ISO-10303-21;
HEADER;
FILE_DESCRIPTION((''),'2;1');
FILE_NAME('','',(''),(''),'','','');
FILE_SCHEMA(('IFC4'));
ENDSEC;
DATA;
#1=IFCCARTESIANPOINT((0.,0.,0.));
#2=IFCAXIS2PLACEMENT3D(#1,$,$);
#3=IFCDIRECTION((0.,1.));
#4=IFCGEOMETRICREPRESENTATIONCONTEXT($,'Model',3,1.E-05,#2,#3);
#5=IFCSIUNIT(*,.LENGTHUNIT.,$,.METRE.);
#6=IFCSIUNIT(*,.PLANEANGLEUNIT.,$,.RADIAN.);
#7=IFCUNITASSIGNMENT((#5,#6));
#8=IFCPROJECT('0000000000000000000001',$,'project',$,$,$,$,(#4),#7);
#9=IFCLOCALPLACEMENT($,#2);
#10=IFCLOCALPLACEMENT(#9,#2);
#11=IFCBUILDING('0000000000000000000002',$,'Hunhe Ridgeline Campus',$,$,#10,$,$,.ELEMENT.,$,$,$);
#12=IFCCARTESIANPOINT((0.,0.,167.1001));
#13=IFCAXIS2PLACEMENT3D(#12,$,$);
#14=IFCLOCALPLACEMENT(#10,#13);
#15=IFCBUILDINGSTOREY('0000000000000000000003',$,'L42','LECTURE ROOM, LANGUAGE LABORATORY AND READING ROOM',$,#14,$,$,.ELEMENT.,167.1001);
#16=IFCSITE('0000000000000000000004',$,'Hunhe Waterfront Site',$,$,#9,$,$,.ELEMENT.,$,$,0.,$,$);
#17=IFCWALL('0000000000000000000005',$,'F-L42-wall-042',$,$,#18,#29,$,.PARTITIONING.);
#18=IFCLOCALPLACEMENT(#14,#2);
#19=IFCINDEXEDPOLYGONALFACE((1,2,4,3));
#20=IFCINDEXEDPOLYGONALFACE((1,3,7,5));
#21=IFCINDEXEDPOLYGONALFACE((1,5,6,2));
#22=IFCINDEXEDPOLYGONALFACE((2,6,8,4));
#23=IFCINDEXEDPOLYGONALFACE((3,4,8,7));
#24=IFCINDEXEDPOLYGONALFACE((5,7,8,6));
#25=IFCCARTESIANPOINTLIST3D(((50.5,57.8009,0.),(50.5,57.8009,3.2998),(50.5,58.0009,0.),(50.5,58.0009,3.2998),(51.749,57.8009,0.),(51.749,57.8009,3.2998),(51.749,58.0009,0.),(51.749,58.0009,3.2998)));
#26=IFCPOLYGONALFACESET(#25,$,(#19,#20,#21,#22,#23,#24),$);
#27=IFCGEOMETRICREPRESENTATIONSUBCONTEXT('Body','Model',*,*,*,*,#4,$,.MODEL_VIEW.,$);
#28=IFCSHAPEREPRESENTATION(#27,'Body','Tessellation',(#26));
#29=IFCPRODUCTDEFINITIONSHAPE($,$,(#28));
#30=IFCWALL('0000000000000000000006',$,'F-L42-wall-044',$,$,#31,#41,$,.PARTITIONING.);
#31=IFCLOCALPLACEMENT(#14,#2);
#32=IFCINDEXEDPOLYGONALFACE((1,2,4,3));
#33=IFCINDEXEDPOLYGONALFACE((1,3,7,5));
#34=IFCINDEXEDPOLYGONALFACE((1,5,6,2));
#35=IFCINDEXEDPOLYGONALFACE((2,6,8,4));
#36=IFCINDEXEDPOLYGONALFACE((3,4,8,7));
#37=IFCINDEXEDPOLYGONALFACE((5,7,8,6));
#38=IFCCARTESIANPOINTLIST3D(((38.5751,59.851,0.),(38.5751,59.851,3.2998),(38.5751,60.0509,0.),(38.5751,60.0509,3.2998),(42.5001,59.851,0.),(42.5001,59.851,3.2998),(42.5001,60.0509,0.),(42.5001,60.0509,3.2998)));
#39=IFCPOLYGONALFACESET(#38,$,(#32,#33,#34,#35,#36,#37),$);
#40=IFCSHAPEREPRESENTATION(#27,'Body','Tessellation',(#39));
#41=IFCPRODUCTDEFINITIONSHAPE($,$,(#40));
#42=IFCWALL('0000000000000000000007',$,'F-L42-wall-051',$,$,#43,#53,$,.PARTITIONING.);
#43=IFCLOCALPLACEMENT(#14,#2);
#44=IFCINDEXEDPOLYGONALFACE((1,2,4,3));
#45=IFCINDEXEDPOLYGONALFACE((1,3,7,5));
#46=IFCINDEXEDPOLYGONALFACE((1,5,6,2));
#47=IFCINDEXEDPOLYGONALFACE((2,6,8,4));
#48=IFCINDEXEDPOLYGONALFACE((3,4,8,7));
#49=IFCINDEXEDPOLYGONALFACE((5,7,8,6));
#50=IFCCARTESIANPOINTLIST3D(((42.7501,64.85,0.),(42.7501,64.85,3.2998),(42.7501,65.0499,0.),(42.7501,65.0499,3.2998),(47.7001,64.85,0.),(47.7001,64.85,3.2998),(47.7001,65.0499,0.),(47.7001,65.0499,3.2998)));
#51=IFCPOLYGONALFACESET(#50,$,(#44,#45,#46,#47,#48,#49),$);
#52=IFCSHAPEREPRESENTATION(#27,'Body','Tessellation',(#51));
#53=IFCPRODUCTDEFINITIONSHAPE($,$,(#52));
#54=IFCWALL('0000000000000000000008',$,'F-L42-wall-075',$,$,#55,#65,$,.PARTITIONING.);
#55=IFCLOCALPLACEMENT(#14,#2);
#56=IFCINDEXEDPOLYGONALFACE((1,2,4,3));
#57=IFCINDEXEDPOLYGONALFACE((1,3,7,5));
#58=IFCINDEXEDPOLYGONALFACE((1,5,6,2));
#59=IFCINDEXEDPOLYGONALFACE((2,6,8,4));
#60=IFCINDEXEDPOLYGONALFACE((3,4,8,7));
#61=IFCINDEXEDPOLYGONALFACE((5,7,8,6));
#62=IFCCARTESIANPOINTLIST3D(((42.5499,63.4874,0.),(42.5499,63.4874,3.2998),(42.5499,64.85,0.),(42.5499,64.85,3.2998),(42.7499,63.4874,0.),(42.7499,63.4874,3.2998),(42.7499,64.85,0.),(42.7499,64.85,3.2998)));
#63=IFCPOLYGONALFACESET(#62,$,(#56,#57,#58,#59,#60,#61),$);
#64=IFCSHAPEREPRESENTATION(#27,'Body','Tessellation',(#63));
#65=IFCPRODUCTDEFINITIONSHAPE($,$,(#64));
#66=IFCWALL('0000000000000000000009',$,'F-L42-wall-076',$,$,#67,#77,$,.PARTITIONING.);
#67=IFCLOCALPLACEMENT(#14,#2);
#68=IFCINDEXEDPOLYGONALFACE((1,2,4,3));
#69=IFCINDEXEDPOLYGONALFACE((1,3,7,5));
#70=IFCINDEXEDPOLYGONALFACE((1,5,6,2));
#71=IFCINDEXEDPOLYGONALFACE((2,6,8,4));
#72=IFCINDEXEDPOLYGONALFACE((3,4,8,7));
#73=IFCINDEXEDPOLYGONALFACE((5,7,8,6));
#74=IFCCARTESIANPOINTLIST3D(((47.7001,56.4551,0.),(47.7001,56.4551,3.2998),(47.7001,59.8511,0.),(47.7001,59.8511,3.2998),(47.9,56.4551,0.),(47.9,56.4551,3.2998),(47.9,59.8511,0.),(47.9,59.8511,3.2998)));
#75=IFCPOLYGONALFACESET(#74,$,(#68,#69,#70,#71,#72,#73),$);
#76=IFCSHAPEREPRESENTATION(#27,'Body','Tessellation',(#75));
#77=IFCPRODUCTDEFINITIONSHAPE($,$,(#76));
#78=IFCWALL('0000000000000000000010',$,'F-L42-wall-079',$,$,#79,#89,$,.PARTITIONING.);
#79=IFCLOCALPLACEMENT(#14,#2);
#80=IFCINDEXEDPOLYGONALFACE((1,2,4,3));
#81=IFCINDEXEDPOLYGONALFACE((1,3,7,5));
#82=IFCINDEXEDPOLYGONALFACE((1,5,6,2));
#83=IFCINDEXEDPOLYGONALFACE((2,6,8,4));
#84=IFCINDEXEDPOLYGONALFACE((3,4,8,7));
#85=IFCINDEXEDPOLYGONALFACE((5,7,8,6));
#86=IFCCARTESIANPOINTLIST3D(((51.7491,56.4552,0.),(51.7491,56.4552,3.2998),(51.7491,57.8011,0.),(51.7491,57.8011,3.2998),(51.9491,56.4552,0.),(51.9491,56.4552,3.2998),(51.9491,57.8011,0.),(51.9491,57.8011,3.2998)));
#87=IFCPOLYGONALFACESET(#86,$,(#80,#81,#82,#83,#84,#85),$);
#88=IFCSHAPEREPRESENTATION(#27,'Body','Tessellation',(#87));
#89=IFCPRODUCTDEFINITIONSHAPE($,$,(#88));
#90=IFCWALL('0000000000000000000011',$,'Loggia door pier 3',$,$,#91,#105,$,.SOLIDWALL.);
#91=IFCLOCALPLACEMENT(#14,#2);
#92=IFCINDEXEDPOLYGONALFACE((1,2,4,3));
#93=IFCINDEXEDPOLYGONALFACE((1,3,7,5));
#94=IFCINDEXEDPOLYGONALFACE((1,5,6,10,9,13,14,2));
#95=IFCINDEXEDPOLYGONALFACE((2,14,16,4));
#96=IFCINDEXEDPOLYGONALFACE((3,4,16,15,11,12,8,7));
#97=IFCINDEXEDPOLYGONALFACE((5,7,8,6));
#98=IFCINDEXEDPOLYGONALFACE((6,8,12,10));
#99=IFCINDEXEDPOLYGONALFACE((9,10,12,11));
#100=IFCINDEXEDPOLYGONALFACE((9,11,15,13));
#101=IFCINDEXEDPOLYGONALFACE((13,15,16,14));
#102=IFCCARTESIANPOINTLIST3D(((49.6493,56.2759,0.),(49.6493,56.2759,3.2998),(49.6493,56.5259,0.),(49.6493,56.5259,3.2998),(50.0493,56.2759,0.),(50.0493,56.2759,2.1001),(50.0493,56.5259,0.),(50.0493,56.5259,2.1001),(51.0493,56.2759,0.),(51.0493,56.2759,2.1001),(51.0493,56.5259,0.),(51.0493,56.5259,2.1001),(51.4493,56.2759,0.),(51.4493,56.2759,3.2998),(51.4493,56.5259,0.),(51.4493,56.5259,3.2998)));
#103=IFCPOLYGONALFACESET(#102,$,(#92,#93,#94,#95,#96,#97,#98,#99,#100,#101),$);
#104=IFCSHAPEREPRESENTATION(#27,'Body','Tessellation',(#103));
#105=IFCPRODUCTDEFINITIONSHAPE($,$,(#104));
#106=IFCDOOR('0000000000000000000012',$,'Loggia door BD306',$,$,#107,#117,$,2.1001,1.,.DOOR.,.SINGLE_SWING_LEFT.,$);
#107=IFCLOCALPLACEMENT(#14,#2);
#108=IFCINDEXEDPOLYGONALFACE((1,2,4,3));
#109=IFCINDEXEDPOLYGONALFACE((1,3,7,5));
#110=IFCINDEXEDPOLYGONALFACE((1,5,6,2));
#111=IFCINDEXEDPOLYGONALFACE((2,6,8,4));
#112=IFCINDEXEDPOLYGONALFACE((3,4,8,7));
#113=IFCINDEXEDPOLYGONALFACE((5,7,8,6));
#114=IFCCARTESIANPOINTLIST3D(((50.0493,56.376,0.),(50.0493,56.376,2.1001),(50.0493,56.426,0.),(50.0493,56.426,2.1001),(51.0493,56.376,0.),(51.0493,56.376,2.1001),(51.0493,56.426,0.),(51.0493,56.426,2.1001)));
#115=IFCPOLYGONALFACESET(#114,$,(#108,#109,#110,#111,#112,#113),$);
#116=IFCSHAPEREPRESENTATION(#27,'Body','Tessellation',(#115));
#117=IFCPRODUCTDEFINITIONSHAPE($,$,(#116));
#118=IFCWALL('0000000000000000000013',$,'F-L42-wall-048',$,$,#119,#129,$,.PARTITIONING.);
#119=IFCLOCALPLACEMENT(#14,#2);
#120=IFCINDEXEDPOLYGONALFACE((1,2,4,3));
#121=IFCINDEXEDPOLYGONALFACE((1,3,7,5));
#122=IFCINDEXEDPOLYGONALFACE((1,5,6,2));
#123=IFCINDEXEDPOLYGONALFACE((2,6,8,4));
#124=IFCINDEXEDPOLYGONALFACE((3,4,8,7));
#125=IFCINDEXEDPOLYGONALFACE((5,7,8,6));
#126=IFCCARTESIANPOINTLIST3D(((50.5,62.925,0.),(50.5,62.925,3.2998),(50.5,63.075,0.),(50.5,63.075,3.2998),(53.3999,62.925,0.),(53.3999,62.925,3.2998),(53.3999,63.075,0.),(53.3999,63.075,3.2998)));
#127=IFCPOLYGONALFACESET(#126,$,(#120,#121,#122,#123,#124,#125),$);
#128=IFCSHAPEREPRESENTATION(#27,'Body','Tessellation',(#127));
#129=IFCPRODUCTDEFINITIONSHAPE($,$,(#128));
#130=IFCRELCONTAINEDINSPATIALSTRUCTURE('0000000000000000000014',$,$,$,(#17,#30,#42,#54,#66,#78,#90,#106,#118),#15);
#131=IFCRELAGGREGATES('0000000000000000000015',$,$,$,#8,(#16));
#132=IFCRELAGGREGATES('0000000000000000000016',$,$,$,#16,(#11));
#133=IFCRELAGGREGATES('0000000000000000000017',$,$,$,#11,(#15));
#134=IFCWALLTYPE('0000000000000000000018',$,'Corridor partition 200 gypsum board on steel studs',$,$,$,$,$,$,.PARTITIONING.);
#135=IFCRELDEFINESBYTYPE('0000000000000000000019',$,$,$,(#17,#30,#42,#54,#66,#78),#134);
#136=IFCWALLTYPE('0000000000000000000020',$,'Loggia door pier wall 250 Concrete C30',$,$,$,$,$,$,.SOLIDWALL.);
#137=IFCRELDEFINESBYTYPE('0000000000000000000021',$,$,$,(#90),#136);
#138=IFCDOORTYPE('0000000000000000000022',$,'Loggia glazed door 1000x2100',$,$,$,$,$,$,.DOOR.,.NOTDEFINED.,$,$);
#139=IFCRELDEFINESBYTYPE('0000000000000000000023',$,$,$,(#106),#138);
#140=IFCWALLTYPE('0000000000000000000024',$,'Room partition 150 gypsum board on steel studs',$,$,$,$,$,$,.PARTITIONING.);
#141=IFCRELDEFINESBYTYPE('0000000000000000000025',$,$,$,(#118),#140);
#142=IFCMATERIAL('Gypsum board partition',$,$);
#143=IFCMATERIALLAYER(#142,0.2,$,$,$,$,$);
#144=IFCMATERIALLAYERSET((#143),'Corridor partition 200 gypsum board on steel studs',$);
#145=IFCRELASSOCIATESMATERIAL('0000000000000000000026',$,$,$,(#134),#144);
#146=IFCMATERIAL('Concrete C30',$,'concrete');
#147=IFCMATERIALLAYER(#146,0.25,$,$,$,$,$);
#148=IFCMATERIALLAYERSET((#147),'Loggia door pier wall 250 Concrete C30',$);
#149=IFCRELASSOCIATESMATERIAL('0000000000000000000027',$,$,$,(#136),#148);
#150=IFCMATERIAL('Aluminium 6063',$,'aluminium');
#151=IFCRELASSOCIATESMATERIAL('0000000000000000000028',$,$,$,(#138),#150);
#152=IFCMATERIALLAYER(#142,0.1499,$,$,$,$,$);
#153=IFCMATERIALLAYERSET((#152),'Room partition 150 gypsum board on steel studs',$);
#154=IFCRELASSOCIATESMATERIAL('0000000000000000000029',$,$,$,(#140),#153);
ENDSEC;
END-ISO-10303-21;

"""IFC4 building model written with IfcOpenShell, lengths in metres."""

from ifc_helpers import new_model, si_unit, direction, frame, frame_2d, origin, place, context, subcontext, project, spatial, rectangle, extrude, material, layer, layer_set, type_object, element, fill, save


model = new_model("IFC4")

# Units and contexts
model_context = context("Model", 3, precision=1e-05, world=origin(), true_north=direction((0.0, 1.0)))
body_context = subcontext(model_context, "Body", "Model", "MODEL_VIEW")
ifc_project = project(units=[si_unit("LENGTHUNIT", "METRE"), si_unit("PLANEANGLEUNIT", "RADIAN")], contexts=[model_context])

# Site, building, storey
site_placement = place(None, origin())
site = spatial("IfcSite", under=ifc_project, at=site_placement, Name="Hunhe Waterfront Site", CompositionType="ELEMENT", RefElevation=0.0)
building_placement = place(site_placement, origin())
building = spatial("IfcBuilding", under=site, at=building_placement, Name="Hunhe Ridgeline Campus", CompositionType="ELEMENT")
storey_placement = place(building_placement, frame((0.0, 0.0, 167.1001)))
storey = spatial("IfcBuildingStorey", under=building, at=storey_placement, Name="L42", Description="LECTURE ROOM, LANGUAGE LABORATORY AND READING ROOM", CompositionType="ELEMENT", Elevation=167.1001)

# Shared definitions
ifc_material_1 = material(Name="Aluminium 6063", Category="aluminium")

# Walls
ifc_material_2 = material(Name="Concrete C30", Category="concrete")
ifc_material_3 = material(Name="Gypsum board partition")
ifc_layer_1 = layer(ifc_material_3, 0.2)
ifc_layer_set_1 = layer_set([ifc_layer_1], Name="Corridor partition 200 gypsum board on steel studs")
wall_type_1 = type_object("IfcWallType", Name="Corridor partition 200 gypsum board on steel studs", PredefinedType="PARTITIONING", material=ifc_layer_set_1)
wall_1_placement = place(storey_placement, frame((50.5, 57.9009, 0.0), z_axis=(0.0, 0.0, 1.0), x_axis=(1.0, 0.0, 0.0)))
element("IfcWall", 1, at=wall_1_placement, inside=storey, type_object=wall_type_1, Name="F-L42-wall-042", PredefinedType="PARTITIONING", context=body_context, shape_type="SweptSolid", body=[
    extrude(rectangle(XDim=1.249, YDim=0.2, at=frame_2d((0.6245, 0.0))), origin(), (0.0, 0.0, 1.0), 3.2998),
])
wall_2_placement = place(storey_placement, frame((42.5, 59.9509, 0.0), z_axis=(0.0, 0.0, 1.0), x_axis=(-1.0, 0.0, 0.0)))
element("IfcWall", 2, at=wall_2_placement, inside=storey, type_object=wall_type_1, Name="F-L42-wall-044", PredefinedType="PARTITIONING", context=body_context, shape_type="SweptSolid", body=[
    extrude(rectangle(XDim=3.925, YDim=0.2, at=frame_2d((1.9624, 0.0))), origin(), (0.0, 0.0, 1.0), 3.2998),
])

# Walls
wall_3_placement = place(storey_placement, frame((42.75, 64.95, 0.0), z_axis=(0.0, 0.0, 1.0), x_axis=(1.0, 0.0, 0.0)))
element("IfcWall", 3, at=wall_3_placement, inside=storey, type_object=wall_type_1, Name="F-L42-wall-051", PredefinedType="PARTITIONING", context=body_context, shape_type="SweptSolid", body=[
    extrude(rectangle(XDim=4.95, YDim=0.2, at=frame_2d((2.4751, 0.0))), origin(), (0.0, 0.0, 1.0), 3.2998),
])
wall_4_placement = place(storey_placement, frame((42.6499, 63.4875, 0.0), z_axis=(0.0, 0.0, 1.0), x_axis=(0.0, 1.0, 0.0)))
element("IfcWall", 4, at=wall_4_placement, inside=storey, type_object=wall_type_1, Name="F-L42-wall-075", PredefinedType="PARTITIONING", context=body_context, shape_type="SweptSolid", body=[
    extrude(rectangle(XDim=1.3625, YDim=0.2, at=frame_2d((0.6812, 0.0))), origin(), (0.0, 0.0, 1.0), 3.2998),
])
wall_5_placement = place(storey_placement, frame((47.8, 56.4551, 0.0), z_axis=(0.0, 0.0, 1.0), x_axis=(0.0, 1.0, 0.0)))
element("IfcWall", 5, at=wall_5_placement, inside=storey, type_object=wall_type_1, Name="F-L42-wall-076", PredefinedType="PARTITIONING", context=body_context, shape_type="SweptSolid", body=[
    extrude(rectangle(XDim=3.396, YDim=0.2, at=frame_2d((1.698, 0.0))), origin(), (0.0, 0.0, 1.0), 3.2998),
])

# Wall
wall_6_placement = place(storey_placement, frame((51.8491, 57.801, 0.0), z_axis=(0.0, 0.0, 1.0), x_axis=(0.0, -1.0, 0.0)))
element("IfcWall", 6, at=wall_6_placement, inside=storey, type_object=wall_type_1, Name="F-L42-wall-079", PredefinedType="PARTITIONING", context=body_context, shape_type="SweptSolid", body=[
    extrude(rectangle(XDim=1.3459, YDim=0.2, at=frame_2d((0.6729, 0.0))), origin(), (0.0, 0.0, 1.0), 3.2998),
])

# Wall, opening, door
ifc_layer_2 = layer(ifc_material_2, 0.25)
ifc_layer_set_2 = layer_set([ifc_layer_2], Name="Loggia door pier wall 250 Concrete C30")
wall_type_2 = type_object("IfcWallType", Name="Loggia door pier wall 250 Concrete C30", PredefinedType="SOLIDWALL", material=ifc_layer_set_2)
wall_7_placement = place(storey_placement, frame((49.6494, 56.4009, 0.0), z_axis=(0.0, 0.0, 1.0), x_axis=(1.0, 0.0, 0.0)))
wall_7 = element("IfcWall", 7, at=wall_7_placement, inside=storey, type_object=wall_type_2, Name="Loggia door pier 3", PredefinedType="SOLIDWALL", context=body_context, shape_type="SweptSolid", body=[
    extrude(rectangle(XDim=1.8, YDim=0.25, at=frame_2d((0.8999, 0.0))), origin(), (0.0, 0.0, 1.0), 3.2998),
])
opening_1_placement = place(wall_7_placement, frame((0.3999, 0.0, 0.0)))
opening_1 = element("IfcOpeningElement", 8, at=opening_1_placement, cuts=wall_7, PredefinedType="OPENING", context=body_context, shape_type="SweptSolid", body=[
    extrude(rectangle(XDim=1.0, YDim=2.1001, at=frame_2d((0.5, 1.05))), frame((0.0, 0.125, 0.0), z_axis=(0.0, -1.0, 0.0), x_axis=(1.0, 0.0, 0.0)), (0.0, 0.0, 1.0), 0.25),
])
door_type_1 = type_object("IfcDoorType", Name="Loggia glazed door 1000x2100", OperationType="NOTDEFINED", PredefinedType="DOOR", material=ifc_material_1)
door_1_placement = place(opening_1_placement, frame((1.0, 0.0, 0.0), z_axis=(0.0, 0.0, 1.0), x_axis=(-1.0, 0.0, 0.0)))
door_1 = element("IfcDoor", 9, at=door_1_placement, inside=storey, type_object=door_type_1, Name="Loggia door BD306", OperationType="SINGLE_SWING_LEFT", OverallHeight=2.1001, OverallWidth=1.0, PredefinedType="DOOR", context=body_context, shape_type="SweptSolid", body=[
    extrude(rectangle(XDim=1.0, YDim=2.1001, at=frame_2d((0.5, 1.05))), frame((0.0, 0.0249, 0.0), z_axis=(0.0, -1.0, 0.0), x_axis=(1.0, 0.0, 0.0)), (0.0, 0.0, 1.0), 0.05),
])
fill(opening_1, door_1)

# Wall
ifc_layer_3 = layer(ifc_material_3, 0.1499)
ifc_layer_set_3 = layer_set([ifc_layer_3], Name="Room partition 150 gypsum board on steel studs")
wall_type_3 = type_object("IfcWallType", Name="Room partition 150 gypsum board on steel studs", PredefinedType="PARTITIONING", material=ifc_layer_set_3)
wall_8_placement = place(storey_placement, frame((50.5, 63.0, 0.0), z_axis=(0.0, 0.0, 1.0), x_axis=(1.0, 0.0, 0.0)))
element("IfcWall", 10, at=wall_8_placement, inside=storey, type_object=wall_type_3, Name="F-L42-wall-048", PredefinedType="PARTITIONING", context=body_context, shape_type="SweptSolid", body=[
    extrude(rectangle(XDim=2.8999, YDim=0.1499, at=frame_2d((1.45, 0.0))), origin(), (0.0, 0.0, 1.0), 3.2998),
])

save(model, "model.ifc")
